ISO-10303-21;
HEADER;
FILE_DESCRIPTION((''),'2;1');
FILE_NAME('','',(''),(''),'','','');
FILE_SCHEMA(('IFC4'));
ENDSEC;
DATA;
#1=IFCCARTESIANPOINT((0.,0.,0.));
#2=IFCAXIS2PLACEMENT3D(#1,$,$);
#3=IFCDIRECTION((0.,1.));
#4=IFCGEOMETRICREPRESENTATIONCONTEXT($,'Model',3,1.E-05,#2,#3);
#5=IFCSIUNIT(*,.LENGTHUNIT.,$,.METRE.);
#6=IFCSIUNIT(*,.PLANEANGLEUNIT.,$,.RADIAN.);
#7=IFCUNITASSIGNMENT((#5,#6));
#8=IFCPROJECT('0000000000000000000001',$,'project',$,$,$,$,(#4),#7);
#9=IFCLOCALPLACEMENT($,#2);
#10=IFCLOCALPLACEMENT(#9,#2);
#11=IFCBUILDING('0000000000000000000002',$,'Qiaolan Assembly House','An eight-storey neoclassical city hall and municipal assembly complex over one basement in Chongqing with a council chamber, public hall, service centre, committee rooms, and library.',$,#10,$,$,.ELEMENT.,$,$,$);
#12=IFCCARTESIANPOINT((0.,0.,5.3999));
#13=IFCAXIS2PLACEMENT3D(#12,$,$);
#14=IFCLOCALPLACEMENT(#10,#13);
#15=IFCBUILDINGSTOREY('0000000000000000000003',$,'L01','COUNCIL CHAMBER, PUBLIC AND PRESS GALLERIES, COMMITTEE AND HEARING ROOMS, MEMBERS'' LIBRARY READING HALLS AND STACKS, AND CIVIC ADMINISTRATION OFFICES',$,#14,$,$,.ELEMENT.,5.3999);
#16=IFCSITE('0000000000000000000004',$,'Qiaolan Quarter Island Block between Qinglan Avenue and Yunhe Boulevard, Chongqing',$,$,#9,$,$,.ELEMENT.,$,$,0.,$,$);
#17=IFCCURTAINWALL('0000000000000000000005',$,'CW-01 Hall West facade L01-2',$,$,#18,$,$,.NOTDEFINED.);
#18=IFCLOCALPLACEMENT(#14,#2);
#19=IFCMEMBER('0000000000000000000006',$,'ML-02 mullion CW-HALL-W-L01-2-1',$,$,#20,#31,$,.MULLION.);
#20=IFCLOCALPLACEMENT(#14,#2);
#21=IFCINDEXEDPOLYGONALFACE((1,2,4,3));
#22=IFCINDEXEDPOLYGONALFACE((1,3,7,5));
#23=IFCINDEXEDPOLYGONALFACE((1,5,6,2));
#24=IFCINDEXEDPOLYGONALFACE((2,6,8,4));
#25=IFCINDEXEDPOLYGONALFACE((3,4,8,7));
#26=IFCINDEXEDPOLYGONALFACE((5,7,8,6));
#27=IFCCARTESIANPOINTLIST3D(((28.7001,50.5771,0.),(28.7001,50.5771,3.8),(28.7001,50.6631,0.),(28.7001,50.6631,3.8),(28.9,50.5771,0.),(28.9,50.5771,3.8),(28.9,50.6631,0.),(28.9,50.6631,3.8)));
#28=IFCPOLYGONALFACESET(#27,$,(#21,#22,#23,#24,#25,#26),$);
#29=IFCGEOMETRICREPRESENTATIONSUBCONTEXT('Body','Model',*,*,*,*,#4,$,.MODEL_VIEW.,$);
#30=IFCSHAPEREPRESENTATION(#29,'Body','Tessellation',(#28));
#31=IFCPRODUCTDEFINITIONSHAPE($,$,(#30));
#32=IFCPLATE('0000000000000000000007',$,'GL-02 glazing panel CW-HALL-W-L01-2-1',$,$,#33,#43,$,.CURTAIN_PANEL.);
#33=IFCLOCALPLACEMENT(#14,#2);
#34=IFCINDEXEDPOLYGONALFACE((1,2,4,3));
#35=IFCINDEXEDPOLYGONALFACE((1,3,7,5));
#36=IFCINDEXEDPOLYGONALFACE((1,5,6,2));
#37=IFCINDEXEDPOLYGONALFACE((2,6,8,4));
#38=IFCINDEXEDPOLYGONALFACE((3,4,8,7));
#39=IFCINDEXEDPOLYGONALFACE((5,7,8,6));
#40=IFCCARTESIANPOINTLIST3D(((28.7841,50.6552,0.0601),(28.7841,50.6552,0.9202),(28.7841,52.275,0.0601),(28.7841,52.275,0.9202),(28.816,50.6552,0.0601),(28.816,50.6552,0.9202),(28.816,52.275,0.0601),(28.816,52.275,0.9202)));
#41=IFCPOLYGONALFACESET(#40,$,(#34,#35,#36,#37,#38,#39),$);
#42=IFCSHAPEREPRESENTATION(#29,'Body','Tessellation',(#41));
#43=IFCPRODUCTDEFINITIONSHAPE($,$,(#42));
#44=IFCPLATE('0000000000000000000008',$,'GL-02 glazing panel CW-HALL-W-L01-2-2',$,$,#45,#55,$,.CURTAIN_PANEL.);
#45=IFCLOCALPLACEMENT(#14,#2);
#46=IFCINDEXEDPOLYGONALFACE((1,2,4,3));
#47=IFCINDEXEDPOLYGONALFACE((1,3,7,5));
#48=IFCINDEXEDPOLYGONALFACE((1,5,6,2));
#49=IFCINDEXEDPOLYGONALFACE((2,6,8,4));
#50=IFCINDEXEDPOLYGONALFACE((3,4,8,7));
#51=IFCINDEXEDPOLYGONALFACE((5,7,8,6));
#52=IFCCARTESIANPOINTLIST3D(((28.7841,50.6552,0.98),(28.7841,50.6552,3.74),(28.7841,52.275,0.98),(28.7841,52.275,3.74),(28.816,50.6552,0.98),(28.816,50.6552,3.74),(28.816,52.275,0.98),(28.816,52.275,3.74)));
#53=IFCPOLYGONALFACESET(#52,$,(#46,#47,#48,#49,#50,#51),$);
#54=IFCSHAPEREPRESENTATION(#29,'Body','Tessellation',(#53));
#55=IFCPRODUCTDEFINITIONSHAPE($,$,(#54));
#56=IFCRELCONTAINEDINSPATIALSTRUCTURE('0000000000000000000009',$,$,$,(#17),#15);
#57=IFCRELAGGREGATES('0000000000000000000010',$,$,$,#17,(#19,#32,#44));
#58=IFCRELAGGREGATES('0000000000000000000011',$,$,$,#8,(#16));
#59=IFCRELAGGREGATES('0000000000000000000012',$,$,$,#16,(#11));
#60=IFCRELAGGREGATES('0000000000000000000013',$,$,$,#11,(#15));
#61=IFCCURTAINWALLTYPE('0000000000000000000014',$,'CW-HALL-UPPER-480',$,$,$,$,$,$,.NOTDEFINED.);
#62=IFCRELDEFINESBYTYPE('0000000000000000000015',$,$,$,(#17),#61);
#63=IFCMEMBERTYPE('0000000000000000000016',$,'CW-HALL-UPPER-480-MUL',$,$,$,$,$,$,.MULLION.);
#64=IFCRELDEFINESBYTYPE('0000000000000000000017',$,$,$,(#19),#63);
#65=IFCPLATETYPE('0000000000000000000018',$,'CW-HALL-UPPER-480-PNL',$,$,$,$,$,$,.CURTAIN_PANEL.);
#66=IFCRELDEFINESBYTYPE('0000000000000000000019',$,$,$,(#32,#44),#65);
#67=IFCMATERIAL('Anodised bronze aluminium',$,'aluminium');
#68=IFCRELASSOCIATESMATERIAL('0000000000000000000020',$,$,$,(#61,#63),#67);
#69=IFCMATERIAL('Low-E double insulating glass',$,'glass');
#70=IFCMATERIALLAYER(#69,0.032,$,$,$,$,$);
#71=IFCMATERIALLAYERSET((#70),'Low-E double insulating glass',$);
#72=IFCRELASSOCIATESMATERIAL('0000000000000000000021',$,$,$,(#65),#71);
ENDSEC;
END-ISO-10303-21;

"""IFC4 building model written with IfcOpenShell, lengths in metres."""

from ifc_helpers import new_model, si_unit, direction, frame, frame_2d, origin, origin_2d, place, context, subcontext, project, spatial, rectangle, extrude, material, layer, layer_set, material_profile, profile_set, type_object, element, aggregate, save


model = new_model("IFC4")

# Units and contexts
model_context = context("Model", 3, precision=1e-05, world=origin(), true_north=direction((0.0, 1.0)))
body_context = subcontext(model_context, "Body", "Model", "MODEL_VIEW")
ifc_project = project(units=[si_unit("LENGTHUNIT", "METRE"), si_unit("PLANEANGLEUNIT", "RADIAN")], contexts=[model_context])

# Site, building, storey
site_placement = place(None, origin())
site = spatial("IfcSite", under=ifc_project, at=site_placement, Name="Qiaolan Quarter Island Block between Qinglan Avenue and Yunhe Boulevard, Chongqing", CompositionType="ELEMENT", RefElevation=0.0)
building_placement = place(site_placement, origin())
building = spatial("IfcBuilding", under=site, at=building_placement, Name="Qiaolan Assembly House", Description="An eight-storey neoclassical city hall and municipal assembly complex over one basement in Chongqing with a council chamber, public hall, service centre, committee rooms, and library.", CompositionType="ELEMENT")
storey_placement = place(building_placement, frame((0.0, 0.0, 5.3999)))
storey = spatial("IfcBuildingStorey", under=building, at=storey_placement, Name="L01", Description="COUNCIL CHAMBER, PUBLIC AND PRESS GALLERIES, COMMITTEE AND HEARING ROOMS, MEMBERS' LIBRARY READING HALLS AND STACKS, AND CIVIC ADMINISTRATION OFFICES", CompositionType="ELEMENT", Elevation=5.3999)

# Curtain wall, member, plates
ifc_material_1 = material(Name="Anodised bronze aluminium", Category="aluminium")
curtain_wall_type = type_object("IfcCurtainWallType", Name="CW-HALL-UPPER-480", PredefinedType="NOTDEFINED", material=ifc_material_1)
curtain_wall_placement = place(storey_placement, origin())
curtain_wall = element("IfcCurtainWall", 1, at=curtain_wall_placement, inside=storey, type_object=curtain_wall_type, Name="CW-01 Hall West facade L01-2", PredefinedType="NOTDEFINED")
ifc_material_profile_1 = material_profile(ifc_material_1, rectangle(XDim=0.0859, YDim=0.2, at=origin_2d()), Name="MUL 86x200")
ifc_profile_set_1 = profile_set([ifc_material_profile_1], Name="Anodised bronze aluminium")
member_type = type_object("IfcMemberType", Name="CW-HALL-UPPER-480-MUL", PredefinedType="MULLION", material=ifc_profile_set_1)
member_placement = place(storey_placement, frame((28.8, 50.6201, 0.0), z_axis=(0.0, 0.0, 1.0), x_axis=(0.0, 1.0, 0.0)))
member = element("IfcMember", 2, at=member_placement, type_object=member_type, Name="ML-02 mullion CW-HALL-W-L01-2-1", PredefinedType="MULLION", context=body_context, shape_type="SweptSolid", body=[
    extrude(rectangle(XDim=0.0859, YDim=0.2, at=origin_2d()), origin(), (0.0, 0.0, 1.0), 3.8),
])
ifc_material_2 = material(Name="Low-E double insulating glass", Category="glass")
ifc_layer = layer(ifc_material_2, 0.032)
ifc_layer_set = layer_set([ifc_layer], Name="Low-E double insulating glass")
plate_type = type_object("IfcPlateType", Name="CW-HALL-UPPER-480-PNL", PredefinedType="CURTAIN_PANEL", material=ifc_layer_set)
plate_1_placement = place(storey_placement, frame((28.8, 50.655, 0.0601), z_axis=(0.0, 0.0, 1.0), x_axis=(0.0, 1.0, 0.0)))
plate_1 = element("IfcPlate", 3, at=plate_1_placement, type_object=plate_type, Name="GL-02 glazing panel CW-HALL-W-L01-2-1", PredefinedType="CURTAIN_PANEL", context=body_context, shape_type="SweptSolid", body=[
    extrude(rectangle(XDim=1.6199, YDim=0.032, at=frame_2d((0.8101, 0.0))), origin(), (0.0, 0.0, 1.0), 0.8601),
])
plate_2_placement = place(storey_placement, frame((28.8, 50.655, 0.98), z_axis=(0.0, 0.0, 1.0), x_axis=(0.0, 1.0, 0.0)))
plate_2 = element("IfcPlate", 4, at=plate_2_placement, type_object=plate_type, Name="GL-02 glazing panel CW-HALL-W-L01-2-2", PredefinedType="CURTAIN_PANEL", context=body_context, shape_type="SweptSolid", body=[
    extrude(rectangle(XDim=1.6199, YDim=0.032, at=frame_2d((0.8101, 0.0))), origin(), (0.0, 0.0, 1.0), 2.76),
])
aggregate(curtain_wall, [member, plate_1, plate_2])

save(model, "model.ifc")
